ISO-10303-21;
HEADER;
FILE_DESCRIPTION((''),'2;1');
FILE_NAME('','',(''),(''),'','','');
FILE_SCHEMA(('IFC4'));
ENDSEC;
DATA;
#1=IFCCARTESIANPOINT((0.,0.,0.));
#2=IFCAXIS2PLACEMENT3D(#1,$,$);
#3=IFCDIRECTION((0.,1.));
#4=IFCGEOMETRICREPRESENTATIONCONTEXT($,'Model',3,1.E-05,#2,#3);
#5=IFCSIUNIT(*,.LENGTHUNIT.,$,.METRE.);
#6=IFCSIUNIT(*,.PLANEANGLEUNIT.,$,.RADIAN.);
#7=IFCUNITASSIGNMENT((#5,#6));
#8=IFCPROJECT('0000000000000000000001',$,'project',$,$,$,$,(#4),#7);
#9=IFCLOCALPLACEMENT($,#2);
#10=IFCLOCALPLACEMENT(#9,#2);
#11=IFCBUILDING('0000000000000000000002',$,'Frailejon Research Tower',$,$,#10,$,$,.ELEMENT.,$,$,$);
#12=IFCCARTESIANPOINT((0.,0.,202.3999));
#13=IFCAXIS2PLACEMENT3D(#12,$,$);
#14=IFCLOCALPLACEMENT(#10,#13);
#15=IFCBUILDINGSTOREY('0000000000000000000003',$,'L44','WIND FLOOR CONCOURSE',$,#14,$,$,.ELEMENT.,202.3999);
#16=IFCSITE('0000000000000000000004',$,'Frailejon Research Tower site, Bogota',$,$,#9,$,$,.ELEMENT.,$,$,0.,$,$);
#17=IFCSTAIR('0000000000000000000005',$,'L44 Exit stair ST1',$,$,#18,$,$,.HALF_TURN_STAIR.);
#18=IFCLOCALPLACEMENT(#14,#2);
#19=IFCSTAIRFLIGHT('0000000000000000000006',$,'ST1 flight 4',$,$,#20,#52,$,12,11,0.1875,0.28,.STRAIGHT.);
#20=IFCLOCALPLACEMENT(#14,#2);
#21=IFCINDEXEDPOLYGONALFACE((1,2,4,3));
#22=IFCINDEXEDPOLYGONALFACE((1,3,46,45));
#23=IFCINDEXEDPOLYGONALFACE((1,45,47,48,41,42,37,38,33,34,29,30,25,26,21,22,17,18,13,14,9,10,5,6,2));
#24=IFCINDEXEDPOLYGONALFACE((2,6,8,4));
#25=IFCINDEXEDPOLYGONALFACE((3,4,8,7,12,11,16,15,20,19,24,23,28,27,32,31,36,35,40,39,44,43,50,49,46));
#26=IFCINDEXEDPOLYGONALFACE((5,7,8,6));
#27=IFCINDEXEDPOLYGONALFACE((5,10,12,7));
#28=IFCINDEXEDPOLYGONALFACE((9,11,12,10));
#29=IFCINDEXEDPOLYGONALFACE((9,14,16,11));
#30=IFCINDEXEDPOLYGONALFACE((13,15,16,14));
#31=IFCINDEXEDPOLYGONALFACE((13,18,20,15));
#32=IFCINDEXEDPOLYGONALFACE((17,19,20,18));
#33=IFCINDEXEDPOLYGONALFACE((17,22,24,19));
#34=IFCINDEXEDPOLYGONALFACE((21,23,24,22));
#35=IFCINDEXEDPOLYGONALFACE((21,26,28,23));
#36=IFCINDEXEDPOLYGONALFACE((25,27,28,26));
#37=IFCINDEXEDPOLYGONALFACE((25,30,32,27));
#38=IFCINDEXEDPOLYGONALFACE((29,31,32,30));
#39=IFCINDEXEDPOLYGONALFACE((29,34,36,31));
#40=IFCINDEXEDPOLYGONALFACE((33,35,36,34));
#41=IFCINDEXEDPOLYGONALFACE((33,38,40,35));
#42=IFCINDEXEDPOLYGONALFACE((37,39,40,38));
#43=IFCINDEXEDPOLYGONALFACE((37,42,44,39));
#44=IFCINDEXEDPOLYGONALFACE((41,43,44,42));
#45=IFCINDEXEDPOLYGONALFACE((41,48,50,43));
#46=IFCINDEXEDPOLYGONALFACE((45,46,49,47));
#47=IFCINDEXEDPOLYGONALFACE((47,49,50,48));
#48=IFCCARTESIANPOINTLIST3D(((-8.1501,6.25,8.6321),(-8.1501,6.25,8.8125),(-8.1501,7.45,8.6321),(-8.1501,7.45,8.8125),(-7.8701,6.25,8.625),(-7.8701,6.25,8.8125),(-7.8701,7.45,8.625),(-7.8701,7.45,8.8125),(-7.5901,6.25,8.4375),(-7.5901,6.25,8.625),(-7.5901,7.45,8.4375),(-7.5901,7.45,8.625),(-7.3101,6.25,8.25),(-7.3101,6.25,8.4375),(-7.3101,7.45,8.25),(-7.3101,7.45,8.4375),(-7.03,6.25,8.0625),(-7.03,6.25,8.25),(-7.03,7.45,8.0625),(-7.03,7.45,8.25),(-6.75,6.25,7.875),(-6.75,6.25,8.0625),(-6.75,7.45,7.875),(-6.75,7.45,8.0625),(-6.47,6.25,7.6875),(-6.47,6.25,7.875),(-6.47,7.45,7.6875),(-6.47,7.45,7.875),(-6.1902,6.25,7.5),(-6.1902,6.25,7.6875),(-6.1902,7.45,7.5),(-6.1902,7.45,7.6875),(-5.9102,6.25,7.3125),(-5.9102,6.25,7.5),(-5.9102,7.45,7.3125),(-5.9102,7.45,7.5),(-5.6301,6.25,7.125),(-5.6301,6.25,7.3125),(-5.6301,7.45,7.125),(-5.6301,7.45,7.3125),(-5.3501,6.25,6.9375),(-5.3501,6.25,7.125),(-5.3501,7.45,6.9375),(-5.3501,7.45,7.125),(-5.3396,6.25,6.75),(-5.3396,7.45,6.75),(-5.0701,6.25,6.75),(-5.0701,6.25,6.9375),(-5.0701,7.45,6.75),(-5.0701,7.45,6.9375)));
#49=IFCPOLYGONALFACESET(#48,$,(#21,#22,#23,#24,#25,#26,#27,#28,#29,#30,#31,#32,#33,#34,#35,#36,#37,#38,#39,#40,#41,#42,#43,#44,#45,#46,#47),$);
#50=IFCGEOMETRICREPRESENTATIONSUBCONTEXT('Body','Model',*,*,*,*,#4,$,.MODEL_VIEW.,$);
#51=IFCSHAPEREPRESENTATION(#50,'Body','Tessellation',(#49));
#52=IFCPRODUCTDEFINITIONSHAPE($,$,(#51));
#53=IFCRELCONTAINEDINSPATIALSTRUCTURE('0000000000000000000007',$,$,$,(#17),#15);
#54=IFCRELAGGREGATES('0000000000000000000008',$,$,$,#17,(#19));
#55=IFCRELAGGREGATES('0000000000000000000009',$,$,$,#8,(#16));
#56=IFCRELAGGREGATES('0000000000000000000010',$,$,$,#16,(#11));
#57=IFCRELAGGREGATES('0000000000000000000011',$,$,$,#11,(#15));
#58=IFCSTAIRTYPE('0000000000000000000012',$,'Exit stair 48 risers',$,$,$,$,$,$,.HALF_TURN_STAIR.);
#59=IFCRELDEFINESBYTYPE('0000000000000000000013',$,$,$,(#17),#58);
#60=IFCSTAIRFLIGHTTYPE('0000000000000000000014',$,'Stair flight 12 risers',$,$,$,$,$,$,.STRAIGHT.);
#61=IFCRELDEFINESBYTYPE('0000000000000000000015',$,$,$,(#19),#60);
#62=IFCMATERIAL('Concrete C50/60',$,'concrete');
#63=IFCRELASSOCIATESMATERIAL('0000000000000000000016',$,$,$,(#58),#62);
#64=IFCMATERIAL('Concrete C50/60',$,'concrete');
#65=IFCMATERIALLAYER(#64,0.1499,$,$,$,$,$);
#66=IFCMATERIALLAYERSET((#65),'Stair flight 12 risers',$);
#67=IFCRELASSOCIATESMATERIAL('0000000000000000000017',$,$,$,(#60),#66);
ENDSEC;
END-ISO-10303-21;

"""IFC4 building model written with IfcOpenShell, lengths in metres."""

from ifc_helpers import new_model, si_unit, direction, frame, origin, place, context, subcontext, project, spatial, polyline, outline, extrude, material, layer, layer_set, type_object, element, aggregate, save


model = new_model("IFC4")

# Units and contexts
model_context = context("Model", 3, precision=1e-05, world=origin(), true_north=direction((0.0, 1.0)))
body_context = subcontext(model_context, "Body", "Model", "MODEL_VIEW")
ifc_project = project(units=[si_unit("LENGTHUNIT", "METRE"), si_unit("PLANEANGLEUNIT", "RADIAN")], contexts=[model_context])

# Site, building, storey
site_placement = place(None, origin())
site = spatial("IfcSite", under=ifc_project, at=site_placement, Name="Frailejon Research Tower site, Bogota", CompositionType="ELEMENT", RefElevation=0.0)
building_placement = place(site_placement, origin())
building = spatial("IfcBuilding", under=site, at=building_placement, Name="Frailejon Research Tower", CompositionType="ELEMENT")
storey_placement = place(building_placement, frame((0.0, 0.0, 202.3999)))
storey = spatial("IfcBuildingStorey", under=building, at=storey_placement, Name="L44", Description="WIND FLOOR CONCOURSE", CompositionType="ELEMENT", Elevation=202.3999)

# Stair, stair flight
ifc_material_1 = material(Name="Concrete C50/60", Category="concrete")
stair_type = type_object("IfcStairType", Name="Exit stair 48 risers", PredefinedType="HALF_TURN_STAIR", material=ifc_material_1)
stair_placement = place(storey_placement, origin())
stair = element("IfcStair", 1, at=stair_placement, inside=storey, type_object=stair_type, Name="L44 Exit stair ST1", PredefinedType="HALF_TURN_STAIR")
ifc_material_2 = material(Name="Concrete C50/60", Category="concrete")
ifc_layer_1 = layer(ifc_material_2, 0.1499)
ifc_layer_set_1 = layer_set([ifc_layer_1], Name="Stair flight 12 risers")
stair_flight_type = type_object("IfcStairFlightType", Name="Stair flight 12 risers", PredefinedType="STRAIGHT", material=ifc_layer_set_1)
stair_flight_1_placement = place(storey_placement, frame((-5.0701, 6.8501, 6.75), z_axis=(0.0, 0.0, 1.0), x_axis=(-1.0, 0.0, 0.0)))
stair_flight_1 = element("IfcStairFlight", 2, at=stair_flight_1_placement, type_object=stair_flight_type, Name="ST1 flight 4", NumberOfRisers=12, NumberOfTreads=11, PredefinedType="STRAIGHT", RiserHeight=0.1875, TreadLength=0.28, context=body_context, shape_type="SweptSolid", body=[
    extrude(outline(polyline([(0.0, 0.0), (0.0, 0.1875), (0.28, 0.1875), (0.28, 0.375), (0.5601, 0.375), (0.5601, 0.5625), (0.8401, 0.5625), (0.8401, 0.75), (1.1201, 0.75), (1.1201, 0.9375), (1.3999, 0.9375), (1.3999, 1.125), (1.6799, 1.125), (1.6799, 1.3125), (1.96, 1.3125), (1.96, 1.5), (2.24, 1.5), (2.24, 1.6875), (2.52, 1.6875), (2.52, 1.875), (2.8, 1.875), (2.8, 2.0625), (3.0801, 2.0625), (3.0801, 2.25), (3.0801, 1.8821), (0.2695, 0.0), (0.0, 0.0)])), frame((0.0, 0.6001, 0.0), z_axis=(0.0, -1.0, 0.0), x_axis=(1.0, 0.0, 0.0)), (0.0, 0.0, 1.0), 1.2),
])
aggregate(stair, [stair_flight_1])

save(model, "model.ifc")
